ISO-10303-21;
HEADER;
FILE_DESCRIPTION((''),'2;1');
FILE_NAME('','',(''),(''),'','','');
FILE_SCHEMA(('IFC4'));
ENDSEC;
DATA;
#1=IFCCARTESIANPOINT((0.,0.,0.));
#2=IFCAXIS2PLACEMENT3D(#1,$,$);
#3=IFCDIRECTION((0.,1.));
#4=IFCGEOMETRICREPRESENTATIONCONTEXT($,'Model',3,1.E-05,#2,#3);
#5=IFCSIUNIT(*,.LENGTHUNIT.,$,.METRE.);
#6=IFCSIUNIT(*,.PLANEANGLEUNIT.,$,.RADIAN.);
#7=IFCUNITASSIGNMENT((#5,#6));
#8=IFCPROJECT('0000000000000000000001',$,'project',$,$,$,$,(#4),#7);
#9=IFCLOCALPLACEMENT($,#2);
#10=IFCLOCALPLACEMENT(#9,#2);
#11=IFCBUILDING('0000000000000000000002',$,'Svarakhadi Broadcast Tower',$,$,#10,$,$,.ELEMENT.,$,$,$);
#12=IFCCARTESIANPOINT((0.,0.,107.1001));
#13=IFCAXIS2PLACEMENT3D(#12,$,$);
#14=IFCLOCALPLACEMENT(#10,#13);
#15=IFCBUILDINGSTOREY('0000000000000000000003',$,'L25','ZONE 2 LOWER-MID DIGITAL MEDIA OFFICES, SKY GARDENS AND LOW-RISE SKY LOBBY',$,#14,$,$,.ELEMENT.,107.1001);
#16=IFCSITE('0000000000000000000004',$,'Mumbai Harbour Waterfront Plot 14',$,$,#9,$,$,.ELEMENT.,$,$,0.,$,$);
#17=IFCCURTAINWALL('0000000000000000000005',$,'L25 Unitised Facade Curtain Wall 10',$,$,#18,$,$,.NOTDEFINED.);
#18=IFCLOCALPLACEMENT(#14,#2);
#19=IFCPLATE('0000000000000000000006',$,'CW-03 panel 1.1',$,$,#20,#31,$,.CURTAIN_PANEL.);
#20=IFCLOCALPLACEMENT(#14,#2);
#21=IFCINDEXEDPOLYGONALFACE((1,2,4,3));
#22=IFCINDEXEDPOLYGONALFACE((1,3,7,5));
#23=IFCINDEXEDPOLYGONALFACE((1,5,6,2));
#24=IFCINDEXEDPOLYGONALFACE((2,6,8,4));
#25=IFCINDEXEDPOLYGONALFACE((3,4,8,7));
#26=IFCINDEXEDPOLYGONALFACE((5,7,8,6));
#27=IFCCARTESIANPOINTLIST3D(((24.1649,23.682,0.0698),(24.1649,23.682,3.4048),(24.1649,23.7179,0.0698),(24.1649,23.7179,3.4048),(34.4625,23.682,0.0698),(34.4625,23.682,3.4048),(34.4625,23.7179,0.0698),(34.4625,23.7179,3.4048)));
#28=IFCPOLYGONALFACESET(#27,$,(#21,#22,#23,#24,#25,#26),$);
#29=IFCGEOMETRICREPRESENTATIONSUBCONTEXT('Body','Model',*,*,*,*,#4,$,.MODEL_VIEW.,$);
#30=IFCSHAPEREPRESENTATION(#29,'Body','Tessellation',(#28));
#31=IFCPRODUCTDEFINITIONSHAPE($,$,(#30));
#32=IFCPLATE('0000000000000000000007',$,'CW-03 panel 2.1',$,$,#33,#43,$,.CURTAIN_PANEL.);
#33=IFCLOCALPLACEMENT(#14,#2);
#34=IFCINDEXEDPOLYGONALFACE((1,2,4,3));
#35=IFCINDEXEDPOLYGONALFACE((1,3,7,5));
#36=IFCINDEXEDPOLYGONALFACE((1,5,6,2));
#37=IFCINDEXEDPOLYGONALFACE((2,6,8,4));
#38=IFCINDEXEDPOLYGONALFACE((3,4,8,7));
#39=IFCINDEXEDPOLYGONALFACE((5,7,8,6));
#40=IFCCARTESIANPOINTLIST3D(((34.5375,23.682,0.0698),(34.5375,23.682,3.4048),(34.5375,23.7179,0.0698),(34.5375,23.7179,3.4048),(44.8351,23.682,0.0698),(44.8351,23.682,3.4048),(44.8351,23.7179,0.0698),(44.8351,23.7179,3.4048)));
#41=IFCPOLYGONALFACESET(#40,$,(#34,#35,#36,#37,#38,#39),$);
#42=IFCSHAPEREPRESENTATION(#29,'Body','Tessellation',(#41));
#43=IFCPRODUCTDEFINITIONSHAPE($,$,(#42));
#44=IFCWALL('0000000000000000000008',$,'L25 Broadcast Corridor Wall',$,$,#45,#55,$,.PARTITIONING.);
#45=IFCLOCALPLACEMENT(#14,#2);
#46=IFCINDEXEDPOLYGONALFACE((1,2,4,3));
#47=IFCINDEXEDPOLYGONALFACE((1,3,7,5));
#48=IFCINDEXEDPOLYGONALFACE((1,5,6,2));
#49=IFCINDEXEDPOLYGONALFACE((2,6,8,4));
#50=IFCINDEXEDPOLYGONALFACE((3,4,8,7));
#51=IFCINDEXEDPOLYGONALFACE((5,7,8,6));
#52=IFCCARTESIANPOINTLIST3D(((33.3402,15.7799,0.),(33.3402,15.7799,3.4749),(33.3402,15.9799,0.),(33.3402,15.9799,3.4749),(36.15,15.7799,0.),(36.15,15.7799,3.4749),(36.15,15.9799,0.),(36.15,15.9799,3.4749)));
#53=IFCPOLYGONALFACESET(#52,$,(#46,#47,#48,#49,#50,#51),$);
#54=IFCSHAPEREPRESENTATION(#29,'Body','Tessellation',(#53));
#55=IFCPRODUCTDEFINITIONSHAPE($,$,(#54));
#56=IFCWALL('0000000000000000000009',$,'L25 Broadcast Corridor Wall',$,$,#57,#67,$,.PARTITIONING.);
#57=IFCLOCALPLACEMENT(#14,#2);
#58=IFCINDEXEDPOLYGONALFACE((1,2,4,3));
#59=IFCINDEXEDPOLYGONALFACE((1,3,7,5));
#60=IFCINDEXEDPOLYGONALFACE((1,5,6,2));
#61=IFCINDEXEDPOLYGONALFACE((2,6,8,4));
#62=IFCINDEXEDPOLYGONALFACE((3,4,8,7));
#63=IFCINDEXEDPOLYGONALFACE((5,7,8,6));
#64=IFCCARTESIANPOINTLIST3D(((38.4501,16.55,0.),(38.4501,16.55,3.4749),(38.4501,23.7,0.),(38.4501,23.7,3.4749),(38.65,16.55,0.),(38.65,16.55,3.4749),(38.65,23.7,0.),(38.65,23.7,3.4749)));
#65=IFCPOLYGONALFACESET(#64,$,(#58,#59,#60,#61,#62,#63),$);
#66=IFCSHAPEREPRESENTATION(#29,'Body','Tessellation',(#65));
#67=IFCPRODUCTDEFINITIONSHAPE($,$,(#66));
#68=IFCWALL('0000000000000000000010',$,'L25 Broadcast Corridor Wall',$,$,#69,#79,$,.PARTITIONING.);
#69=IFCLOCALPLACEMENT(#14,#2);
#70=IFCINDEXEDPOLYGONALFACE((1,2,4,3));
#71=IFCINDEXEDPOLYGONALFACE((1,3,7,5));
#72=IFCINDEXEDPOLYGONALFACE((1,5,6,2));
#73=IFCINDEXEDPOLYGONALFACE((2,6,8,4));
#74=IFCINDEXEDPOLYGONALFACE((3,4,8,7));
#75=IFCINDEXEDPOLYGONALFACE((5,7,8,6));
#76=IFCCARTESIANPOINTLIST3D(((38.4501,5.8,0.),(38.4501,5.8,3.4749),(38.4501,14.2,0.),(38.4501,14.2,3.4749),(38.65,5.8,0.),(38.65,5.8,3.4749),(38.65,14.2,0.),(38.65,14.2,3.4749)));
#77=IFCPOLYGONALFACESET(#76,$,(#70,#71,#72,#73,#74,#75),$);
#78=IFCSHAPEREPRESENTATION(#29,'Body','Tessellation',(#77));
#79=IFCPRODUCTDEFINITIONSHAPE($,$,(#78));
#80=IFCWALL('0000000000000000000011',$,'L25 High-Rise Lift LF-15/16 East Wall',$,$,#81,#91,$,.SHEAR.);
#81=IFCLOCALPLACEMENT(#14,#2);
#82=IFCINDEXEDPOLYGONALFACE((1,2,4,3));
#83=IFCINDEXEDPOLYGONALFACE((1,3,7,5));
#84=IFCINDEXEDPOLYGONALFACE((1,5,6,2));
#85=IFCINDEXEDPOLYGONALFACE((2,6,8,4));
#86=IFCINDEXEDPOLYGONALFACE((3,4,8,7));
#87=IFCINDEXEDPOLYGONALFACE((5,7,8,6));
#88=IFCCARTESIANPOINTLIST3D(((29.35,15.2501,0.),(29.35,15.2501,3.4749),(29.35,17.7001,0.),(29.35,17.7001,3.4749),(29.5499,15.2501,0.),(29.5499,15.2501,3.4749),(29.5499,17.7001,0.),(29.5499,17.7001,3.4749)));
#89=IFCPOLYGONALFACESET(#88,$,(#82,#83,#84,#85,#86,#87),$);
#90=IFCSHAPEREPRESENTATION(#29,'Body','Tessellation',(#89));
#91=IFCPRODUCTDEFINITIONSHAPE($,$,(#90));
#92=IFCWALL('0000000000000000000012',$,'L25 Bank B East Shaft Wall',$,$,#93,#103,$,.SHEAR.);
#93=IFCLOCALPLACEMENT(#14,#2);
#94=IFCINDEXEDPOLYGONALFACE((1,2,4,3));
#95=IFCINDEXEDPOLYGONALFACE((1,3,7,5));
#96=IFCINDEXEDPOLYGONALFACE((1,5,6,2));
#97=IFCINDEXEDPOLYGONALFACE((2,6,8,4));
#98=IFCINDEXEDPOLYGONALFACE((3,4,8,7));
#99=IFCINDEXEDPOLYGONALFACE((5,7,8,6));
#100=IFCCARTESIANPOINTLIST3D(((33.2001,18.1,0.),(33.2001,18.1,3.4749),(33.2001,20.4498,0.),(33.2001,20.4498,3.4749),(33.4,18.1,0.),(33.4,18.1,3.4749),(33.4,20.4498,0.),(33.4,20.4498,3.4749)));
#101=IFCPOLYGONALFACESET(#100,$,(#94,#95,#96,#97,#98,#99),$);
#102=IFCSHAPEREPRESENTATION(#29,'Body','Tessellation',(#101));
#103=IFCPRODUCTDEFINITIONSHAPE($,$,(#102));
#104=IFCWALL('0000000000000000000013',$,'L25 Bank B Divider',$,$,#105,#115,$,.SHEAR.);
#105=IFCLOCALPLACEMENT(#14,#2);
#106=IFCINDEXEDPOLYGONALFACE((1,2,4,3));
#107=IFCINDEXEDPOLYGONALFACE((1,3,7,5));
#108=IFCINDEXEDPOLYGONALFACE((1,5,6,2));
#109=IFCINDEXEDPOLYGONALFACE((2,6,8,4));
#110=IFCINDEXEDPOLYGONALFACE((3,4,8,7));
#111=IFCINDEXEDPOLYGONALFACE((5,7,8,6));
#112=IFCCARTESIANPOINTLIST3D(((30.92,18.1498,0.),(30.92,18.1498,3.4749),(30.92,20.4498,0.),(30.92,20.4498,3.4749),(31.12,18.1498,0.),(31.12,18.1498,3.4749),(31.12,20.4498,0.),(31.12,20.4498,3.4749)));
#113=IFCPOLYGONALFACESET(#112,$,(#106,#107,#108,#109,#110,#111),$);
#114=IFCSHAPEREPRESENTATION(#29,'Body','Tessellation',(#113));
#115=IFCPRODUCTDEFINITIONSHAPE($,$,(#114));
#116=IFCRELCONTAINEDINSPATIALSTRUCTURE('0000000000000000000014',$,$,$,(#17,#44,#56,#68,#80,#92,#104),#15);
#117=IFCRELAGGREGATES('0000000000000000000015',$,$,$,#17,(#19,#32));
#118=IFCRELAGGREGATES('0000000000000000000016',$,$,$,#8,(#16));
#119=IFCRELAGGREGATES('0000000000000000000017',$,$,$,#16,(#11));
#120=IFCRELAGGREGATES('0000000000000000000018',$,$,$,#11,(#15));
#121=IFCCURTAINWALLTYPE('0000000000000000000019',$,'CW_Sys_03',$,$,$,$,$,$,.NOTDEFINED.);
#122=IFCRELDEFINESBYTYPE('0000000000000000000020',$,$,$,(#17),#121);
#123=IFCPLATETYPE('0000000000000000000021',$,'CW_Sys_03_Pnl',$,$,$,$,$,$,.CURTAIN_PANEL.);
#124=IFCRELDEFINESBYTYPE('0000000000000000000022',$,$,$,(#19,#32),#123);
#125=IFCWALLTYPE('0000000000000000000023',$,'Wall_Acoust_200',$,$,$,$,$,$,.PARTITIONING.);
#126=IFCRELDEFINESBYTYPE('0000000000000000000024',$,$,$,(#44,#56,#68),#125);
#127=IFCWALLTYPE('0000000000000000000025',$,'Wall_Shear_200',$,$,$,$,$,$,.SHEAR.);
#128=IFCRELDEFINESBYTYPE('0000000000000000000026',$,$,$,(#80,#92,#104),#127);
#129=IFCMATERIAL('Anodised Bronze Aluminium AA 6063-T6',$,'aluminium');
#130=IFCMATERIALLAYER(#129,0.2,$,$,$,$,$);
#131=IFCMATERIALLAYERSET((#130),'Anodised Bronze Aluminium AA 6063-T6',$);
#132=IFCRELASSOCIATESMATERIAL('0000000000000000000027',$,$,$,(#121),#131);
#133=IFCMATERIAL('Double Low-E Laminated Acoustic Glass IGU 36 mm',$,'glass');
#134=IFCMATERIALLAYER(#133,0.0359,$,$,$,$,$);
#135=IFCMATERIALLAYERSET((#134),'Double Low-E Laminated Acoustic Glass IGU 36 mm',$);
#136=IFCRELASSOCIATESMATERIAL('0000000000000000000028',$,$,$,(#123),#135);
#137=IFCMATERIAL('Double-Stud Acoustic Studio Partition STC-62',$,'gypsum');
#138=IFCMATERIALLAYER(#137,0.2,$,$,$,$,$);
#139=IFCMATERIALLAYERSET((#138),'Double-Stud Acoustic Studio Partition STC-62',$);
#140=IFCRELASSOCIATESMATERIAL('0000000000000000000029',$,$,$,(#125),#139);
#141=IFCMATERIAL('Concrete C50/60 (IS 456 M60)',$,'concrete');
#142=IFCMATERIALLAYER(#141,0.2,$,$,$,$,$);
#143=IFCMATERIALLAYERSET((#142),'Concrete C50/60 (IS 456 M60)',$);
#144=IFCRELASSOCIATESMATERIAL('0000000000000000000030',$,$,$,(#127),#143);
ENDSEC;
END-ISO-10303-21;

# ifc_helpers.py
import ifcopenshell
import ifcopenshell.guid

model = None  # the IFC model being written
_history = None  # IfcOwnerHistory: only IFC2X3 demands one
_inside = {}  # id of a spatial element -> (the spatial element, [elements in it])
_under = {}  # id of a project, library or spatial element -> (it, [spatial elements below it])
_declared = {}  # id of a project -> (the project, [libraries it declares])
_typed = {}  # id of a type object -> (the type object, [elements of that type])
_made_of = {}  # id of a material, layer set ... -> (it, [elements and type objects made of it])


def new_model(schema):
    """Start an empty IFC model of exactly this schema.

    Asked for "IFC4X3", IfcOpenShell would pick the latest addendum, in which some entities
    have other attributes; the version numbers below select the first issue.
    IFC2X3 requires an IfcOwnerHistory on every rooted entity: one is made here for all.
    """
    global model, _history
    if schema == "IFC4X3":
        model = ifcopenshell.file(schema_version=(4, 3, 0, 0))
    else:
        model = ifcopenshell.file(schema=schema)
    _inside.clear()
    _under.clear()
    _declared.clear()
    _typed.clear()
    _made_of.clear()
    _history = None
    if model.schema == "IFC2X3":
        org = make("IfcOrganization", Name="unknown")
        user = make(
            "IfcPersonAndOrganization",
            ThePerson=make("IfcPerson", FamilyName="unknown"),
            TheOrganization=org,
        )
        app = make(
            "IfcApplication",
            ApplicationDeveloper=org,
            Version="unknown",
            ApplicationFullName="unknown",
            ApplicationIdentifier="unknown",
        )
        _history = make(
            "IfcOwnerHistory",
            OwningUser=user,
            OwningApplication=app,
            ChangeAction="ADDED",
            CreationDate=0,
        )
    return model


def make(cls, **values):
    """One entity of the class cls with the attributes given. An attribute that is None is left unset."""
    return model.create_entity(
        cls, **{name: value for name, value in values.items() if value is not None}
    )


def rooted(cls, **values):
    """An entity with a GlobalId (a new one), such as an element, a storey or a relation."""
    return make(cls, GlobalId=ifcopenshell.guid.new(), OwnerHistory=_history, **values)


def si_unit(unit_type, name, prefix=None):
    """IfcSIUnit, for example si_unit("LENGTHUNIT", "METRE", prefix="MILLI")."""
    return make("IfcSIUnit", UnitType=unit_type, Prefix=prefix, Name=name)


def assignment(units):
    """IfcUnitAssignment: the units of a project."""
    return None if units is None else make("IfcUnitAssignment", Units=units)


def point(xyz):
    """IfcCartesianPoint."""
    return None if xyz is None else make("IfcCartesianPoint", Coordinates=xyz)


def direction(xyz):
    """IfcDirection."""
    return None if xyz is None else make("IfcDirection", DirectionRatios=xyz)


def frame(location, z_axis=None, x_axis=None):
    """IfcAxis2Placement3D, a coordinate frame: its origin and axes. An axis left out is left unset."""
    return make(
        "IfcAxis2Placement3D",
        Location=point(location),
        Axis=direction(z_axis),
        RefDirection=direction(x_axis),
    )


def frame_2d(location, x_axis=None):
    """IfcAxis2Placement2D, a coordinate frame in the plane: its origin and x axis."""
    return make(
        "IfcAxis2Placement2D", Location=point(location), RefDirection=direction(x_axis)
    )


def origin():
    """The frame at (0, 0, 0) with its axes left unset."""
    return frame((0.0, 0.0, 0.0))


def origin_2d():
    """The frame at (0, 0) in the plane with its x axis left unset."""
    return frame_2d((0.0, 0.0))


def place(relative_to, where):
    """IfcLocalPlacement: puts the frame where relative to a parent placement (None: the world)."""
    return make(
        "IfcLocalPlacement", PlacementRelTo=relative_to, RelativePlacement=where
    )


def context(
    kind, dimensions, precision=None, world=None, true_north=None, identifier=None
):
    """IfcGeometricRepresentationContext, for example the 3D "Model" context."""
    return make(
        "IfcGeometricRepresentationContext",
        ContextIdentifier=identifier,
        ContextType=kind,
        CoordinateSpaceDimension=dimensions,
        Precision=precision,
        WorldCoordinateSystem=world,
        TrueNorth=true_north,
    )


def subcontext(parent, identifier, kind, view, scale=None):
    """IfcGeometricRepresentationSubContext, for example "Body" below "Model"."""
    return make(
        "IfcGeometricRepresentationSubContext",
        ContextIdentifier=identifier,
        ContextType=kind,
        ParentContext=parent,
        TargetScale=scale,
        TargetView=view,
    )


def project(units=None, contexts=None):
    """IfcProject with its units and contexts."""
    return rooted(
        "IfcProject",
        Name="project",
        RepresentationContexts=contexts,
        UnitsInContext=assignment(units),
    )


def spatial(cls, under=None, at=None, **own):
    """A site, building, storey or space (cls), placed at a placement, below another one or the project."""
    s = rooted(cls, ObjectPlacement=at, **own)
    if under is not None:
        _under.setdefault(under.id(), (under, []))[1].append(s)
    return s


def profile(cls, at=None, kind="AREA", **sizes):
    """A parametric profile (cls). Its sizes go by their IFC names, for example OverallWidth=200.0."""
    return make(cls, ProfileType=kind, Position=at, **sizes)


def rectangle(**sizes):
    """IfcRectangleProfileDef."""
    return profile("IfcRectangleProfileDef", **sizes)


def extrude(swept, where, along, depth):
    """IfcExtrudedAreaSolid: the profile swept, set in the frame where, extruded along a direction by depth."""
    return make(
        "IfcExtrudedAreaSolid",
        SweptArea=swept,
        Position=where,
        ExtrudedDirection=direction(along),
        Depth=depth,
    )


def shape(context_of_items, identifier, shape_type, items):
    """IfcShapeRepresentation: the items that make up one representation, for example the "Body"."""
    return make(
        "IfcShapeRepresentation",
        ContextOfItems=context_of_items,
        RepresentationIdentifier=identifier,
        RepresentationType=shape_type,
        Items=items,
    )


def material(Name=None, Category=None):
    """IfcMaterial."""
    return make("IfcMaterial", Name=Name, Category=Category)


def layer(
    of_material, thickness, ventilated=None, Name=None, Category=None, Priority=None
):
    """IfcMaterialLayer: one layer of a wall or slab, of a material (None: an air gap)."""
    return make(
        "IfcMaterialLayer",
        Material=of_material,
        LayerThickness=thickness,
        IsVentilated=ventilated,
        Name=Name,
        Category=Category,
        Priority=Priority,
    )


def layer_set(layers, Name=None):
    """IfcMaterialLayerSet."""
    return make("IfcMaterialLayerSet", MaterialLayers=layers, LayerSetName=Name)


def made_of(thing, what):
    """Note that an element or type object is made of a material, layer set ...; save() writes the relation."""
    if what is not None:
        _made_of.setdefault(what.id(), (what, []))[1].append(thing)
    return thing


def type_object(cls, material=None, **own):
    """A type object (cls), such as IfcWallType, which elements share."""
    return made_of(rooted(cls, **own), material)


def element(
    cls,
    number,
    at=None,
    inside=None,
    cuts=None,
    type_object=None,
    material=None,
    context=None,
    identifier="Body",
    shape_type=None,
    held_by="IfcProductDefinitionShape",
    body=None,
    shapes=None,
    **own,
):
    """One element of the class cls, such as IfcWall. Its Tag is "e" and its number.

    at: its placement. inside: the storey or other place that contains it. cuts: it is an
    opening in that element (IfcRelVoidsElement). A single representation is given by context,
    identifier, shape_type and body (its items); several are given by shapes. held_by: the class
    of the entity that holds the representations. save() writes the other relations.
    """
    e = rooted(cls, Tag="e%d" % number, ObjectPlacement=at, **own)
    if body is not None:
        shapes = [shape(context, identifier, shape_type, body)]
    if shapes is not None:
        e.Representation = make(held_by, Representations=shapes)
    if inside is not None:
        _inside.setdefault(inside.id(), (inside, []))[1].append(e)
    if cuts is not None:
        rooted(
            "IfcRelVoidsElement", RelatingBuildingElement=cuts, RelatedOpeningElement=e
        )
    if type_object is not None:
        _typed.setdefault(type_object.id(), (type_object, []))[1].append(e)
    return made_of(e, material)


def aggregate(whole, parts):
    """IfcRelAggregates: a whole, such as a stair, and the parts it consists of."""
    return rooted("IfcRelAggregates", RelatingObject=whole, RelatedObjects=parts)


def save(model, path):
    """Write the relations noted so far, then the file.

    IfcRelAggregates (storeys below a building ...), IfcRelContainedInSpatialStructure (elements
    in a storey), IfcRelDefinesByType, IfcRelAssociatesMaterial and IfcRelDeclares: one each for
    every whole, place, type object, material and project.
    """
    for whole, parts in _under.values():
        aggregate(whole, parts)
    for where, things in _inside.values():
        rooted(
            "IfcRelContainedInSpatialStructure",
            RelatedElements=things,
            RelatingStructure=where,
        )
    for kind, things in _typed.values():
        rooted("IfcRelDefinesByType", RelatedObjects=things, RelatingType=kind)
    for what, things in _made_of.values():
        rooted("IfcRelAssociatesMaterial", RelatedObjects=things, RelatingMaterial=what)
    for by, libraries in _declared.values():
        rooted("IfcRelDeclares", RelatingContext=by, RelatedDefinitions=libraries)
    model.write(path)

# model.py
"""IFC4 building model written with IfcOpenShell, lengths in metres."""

from ifc_helpers import new_model, si_unit, direction, frame, frame_2d, origin, origin_2d, place, context, subcontext, project, spatial, rectangle, extrude, material, layer, layer_set, type_object, element, aggregate, save


model = new_model("IFC4")

# Units and contexts
model_context = context("Model", 3, precision=1e-05, world=origin(), true_north=direction((0.0, 1.0)))
body_context = subcontext(model_context, "Body", "Model", "MODEL_VIEW")
ifc_project = project(units=[si_unit("LENGTHUNIT", "METRE"), si_unit("PLANEANGLEUNIT", "RADIAN")], contexts=[model_context])

# Site, building, storey
site_placement = place(None, origin())
site = spatial("IfcSite", under=ifc_project, at=site_placement, Name="Mumbai Harbour Waterfront Plot 14", CompositionType="ELEMENT", RefElevation=0.0)
building_placement = place(site_placement, origin())
building = spatial("IfcBuilding", under=site, at=building_placement, Name="Svarakhadi Broadcast Tower", CompositionType="ELEMENT")
storey_placement = place(building_placement, frame((0.0, 0.0, 107.1001)))
storey = spatial("IfcBuildingStorey", under=building, at=storey_placement, Name="L25", Description="ZONE 2 LOWER-MID DIGITAL MEDIA OFFICES, SKY GARDENS AND LOW-RISE SKY LOBBY", CompositionType="ELEMENT", Elevation=107.1001)

# Shared definitions
ifc_material_1 = material(Name="Concrete C50/60 (IS 456 M60)", Category="concrete")

# Curtain wall
ifc_material_2 = material(Name="Anodised Bronze Aluminium AA 6063-T6", Category="aluminium")
ifc_layer_1 = layer(ifc_material_2, 0.2)
ifc_layer_set_1 = layer_set([ifc_layer_1], Name="Anodised Bronze Aluminium AA 6063-T6")
curtain_wall_type = type_object("IfcCurtainWallType", Name="CW_Sys_03", PredefinedType="NOTDEFINED", material=ifc_layer_set_1)
curtain_wall_placement = place(storey_placement, origin())
curtain_wall = element("IfcCurtainWall", 1, at=curtain_wall_placement, inside=storey, type_object=curtain_wall_type, Name="L25 Unitised Facade Curtain Wall 10", PredefinedType="NOTDEFINED")

# Plates
ifc_material_3 = material(Name="Double Low-E Laminated Acoustic Glass IGU 36 mm", Category="glass")
ifc_layer_2 = layer(ifc_material_3, 0.0359)
ifc_layer_set_2 = layer_set([ifc_layer_2], Name="Double Low-E Laminated Acoustic Glass IGU 36 mm")
plate_type = type_object("IfcPlateType", Name="CW_Sys_03_Pnl", PredefinedType="CURTAIN_PANEL", material=ifc_layer_set_2)
plate_1_placement = place(storey_placement, frame((29.3137, 23.7, 0.0698), z_axis=(0.0, 0.0, 1.0), x_axis=(1.0, 0.0, 0.0)))
plate_1 = element("IfcPlate", 2, at=plate_1_placement, type_object=plate_type, Name="CW-03 panel 1.1", PredefinedType="CURTAIN_PANEL", context=body_context, shape_type="SweptSolid", body=[
    extrude(rectangle(XDim=10.2976, YDim=0.0359, at=origin_2d()), origin(), (0.0, 0.0, 1.0), 3.335),
])
plate_2_placement = place(storey_placement, frame((39.6863, 23.7, 0.0698), z_axis=(0.0, 0.0, 1.0), x_axis=(1.0, 0.0, 0.0)))
plate_2 = element("IfcPlate", 3, at=plate_2_placement, type_object=plate_type, Name="CW-03 panel 2.1", PredefinedType="CURTAIN_PANEL", context=body_context, shape_type="SweptSolid", body=[
    extrude(rectangle(XDim=10.2976, YDim=0.0359, at=origin_2d()), origin(), (0.0, 0.0, 1.0), 3.335),
])
aggregate(curtain_wall, [plate_1, plate_2])

# Walls
ifc_material_4 = material(Name="Double-Stud Acoustic Studio Partition STC-62", Category="gypsum")
ifc_layer_3 = layer(ifc_material_4, 0.2)
ifc_layer_set_3 = layer_set([ifc_layer_3], Name="Double-Stud Acoustic Studio Partition STC-62")
wall_type_1 = type_object("IfcWallType", Name="Wall_Acoust_200", PredefinedType="PARTITIONING", material=ifc_layer_set_3)
wall_1_placement = place(storey_placement, frame((36.1499, 15.8799, 0.0), z_axis=(0.0, 0.0, 1.0), x_axis=(-1.0, 0.0, 0.0)))
element("IfcWall", 4, at=wall_1_placement, inside=storey, type_object=wall_type_1, Name="L25 Broadcast Corridor Wall", PredefinedType="PARTITIONING", context=body_context, shape_type="SweptSolid", body=[
    extrude(rectangle(XDim=2.8098, YDim=0.2, at=frame_2d((1.4048, 0.0))), origin(), (0.0, 0.0, 1.0), 3.4749),
])
wall_2_placement = place(storey_placement, frame((38.55, 23.7, 0.0), z_axis=(0.0, 0.0, 1.0), x_axis=(0.0, -1.0, 0.0)))
element("IfcWall", 5, at=wall_2_placement, inside=storey, type_object=wall_type_1, Name="L25 Broadcast Corridor Wall", PredefinedType="PARTITIONING", context=body_context, shape_type="SweptSolid", body=[
    extrude(rectangle(XDim=7.1499, YDim=0.2, at=frame_2d((3.575, 0.0))), origin(), (0.0, 0.0, 1.0), 3.4749),
])

# Wall
wall_3_placement = place(storey_placement, frame((38.55, 14.2, 0.0), z_axis=(0.0, 0.0, 1.0), x_axis=(0.0, -1.0, 0.0)))
element("IfcWall", 6, at=wall_3_placement, inside=storey, type_object=wall_type_1, Name="L25 Broadcast Corridor Wall", PredefinedType="PARTITIONING", context=body_context, shape_type="SweptSolid", body=[
    extrude(rectangle(XDim=8.3999, YDim=0.2, at=frame_2d((4.2, 0.0))), origin(), (0.0, 0.0, 1.0), 3.4749),
])

# Walls
ifc_layer_4 = layer(ifc_material_1, 0.2)
ifc_layer_set_4 = layer_set([ifc_layer_4], Name="Concrete C50/60 (IS 456 M60)")
wall_type_2 = type_object("IfcWallType", Name="Wall_Shear_200", PredefinedType="SHEAR", material=ifc_layer_set_4)
wall_4_placement = place(storey_placement, frame((29.45, 15.25, 0.0), z_axis=(0.0, 0.0, 1.0), x_axis=(0.0, 1.0, 0.0)))
element("IfcWall", 7, at=wall_4_placement, inside=storey, type_object=wall_type_2, Name="L25 High-Rise Lift LF-15/16 East Wall", PredefinedType="SHEAR", context=body_context, shape_type="SweptSolid", body=[
    extrude(rectangle(XDim=2.45, YDim=0.2, at=frame_2d((1.2251, 0.0))), origin(), (0.0, 0.0, 1.0), 3.4749),
])
wall_5_placement = place(storey_placement, frame((33.3, 18.1001, 0.0), z_axis=(0.0, 0.0, 1.0), x_axis=(0.0, 1.0, 0.0)))
element("IfcWall", 8, at=wall_5_placement, inside=storey, type_object=wall_type_2, Name="L25 Bank B East Shaft Wall", PredefinedType="SHEAR", context=body_context, shape_type="SweptSolid", body=[
    extrude(rectangle(XDim=2.3499, YDim=0.2, at=frame_2d((1.1748, 0.0))), origin(), (0.0, 0.0, 1.0), 3.4749),
])
wall_6_placement = place(storey_placement, frame((31.02, 18.1499, 0.0), z_axis=(0.0, 0.0, 1.0), x_axis=(0.0, 1.0, 0.0)))
element("IfcWall", 9, at=wall_6_placement, inside=storey, type_object=wall_type_2, Name="L25 Bank B Divider", PredefinedType="SHEAR", context=body_context, shape_type="SweptSolid", body=[
    extrude(rectangle(XDim=2.3, YDim=0.2, at=frame_2d((1.1499, 0.0))), origin(), (0.0, 0.0, 1.0), 3.4749),
])

save(model, "model.ifc")
